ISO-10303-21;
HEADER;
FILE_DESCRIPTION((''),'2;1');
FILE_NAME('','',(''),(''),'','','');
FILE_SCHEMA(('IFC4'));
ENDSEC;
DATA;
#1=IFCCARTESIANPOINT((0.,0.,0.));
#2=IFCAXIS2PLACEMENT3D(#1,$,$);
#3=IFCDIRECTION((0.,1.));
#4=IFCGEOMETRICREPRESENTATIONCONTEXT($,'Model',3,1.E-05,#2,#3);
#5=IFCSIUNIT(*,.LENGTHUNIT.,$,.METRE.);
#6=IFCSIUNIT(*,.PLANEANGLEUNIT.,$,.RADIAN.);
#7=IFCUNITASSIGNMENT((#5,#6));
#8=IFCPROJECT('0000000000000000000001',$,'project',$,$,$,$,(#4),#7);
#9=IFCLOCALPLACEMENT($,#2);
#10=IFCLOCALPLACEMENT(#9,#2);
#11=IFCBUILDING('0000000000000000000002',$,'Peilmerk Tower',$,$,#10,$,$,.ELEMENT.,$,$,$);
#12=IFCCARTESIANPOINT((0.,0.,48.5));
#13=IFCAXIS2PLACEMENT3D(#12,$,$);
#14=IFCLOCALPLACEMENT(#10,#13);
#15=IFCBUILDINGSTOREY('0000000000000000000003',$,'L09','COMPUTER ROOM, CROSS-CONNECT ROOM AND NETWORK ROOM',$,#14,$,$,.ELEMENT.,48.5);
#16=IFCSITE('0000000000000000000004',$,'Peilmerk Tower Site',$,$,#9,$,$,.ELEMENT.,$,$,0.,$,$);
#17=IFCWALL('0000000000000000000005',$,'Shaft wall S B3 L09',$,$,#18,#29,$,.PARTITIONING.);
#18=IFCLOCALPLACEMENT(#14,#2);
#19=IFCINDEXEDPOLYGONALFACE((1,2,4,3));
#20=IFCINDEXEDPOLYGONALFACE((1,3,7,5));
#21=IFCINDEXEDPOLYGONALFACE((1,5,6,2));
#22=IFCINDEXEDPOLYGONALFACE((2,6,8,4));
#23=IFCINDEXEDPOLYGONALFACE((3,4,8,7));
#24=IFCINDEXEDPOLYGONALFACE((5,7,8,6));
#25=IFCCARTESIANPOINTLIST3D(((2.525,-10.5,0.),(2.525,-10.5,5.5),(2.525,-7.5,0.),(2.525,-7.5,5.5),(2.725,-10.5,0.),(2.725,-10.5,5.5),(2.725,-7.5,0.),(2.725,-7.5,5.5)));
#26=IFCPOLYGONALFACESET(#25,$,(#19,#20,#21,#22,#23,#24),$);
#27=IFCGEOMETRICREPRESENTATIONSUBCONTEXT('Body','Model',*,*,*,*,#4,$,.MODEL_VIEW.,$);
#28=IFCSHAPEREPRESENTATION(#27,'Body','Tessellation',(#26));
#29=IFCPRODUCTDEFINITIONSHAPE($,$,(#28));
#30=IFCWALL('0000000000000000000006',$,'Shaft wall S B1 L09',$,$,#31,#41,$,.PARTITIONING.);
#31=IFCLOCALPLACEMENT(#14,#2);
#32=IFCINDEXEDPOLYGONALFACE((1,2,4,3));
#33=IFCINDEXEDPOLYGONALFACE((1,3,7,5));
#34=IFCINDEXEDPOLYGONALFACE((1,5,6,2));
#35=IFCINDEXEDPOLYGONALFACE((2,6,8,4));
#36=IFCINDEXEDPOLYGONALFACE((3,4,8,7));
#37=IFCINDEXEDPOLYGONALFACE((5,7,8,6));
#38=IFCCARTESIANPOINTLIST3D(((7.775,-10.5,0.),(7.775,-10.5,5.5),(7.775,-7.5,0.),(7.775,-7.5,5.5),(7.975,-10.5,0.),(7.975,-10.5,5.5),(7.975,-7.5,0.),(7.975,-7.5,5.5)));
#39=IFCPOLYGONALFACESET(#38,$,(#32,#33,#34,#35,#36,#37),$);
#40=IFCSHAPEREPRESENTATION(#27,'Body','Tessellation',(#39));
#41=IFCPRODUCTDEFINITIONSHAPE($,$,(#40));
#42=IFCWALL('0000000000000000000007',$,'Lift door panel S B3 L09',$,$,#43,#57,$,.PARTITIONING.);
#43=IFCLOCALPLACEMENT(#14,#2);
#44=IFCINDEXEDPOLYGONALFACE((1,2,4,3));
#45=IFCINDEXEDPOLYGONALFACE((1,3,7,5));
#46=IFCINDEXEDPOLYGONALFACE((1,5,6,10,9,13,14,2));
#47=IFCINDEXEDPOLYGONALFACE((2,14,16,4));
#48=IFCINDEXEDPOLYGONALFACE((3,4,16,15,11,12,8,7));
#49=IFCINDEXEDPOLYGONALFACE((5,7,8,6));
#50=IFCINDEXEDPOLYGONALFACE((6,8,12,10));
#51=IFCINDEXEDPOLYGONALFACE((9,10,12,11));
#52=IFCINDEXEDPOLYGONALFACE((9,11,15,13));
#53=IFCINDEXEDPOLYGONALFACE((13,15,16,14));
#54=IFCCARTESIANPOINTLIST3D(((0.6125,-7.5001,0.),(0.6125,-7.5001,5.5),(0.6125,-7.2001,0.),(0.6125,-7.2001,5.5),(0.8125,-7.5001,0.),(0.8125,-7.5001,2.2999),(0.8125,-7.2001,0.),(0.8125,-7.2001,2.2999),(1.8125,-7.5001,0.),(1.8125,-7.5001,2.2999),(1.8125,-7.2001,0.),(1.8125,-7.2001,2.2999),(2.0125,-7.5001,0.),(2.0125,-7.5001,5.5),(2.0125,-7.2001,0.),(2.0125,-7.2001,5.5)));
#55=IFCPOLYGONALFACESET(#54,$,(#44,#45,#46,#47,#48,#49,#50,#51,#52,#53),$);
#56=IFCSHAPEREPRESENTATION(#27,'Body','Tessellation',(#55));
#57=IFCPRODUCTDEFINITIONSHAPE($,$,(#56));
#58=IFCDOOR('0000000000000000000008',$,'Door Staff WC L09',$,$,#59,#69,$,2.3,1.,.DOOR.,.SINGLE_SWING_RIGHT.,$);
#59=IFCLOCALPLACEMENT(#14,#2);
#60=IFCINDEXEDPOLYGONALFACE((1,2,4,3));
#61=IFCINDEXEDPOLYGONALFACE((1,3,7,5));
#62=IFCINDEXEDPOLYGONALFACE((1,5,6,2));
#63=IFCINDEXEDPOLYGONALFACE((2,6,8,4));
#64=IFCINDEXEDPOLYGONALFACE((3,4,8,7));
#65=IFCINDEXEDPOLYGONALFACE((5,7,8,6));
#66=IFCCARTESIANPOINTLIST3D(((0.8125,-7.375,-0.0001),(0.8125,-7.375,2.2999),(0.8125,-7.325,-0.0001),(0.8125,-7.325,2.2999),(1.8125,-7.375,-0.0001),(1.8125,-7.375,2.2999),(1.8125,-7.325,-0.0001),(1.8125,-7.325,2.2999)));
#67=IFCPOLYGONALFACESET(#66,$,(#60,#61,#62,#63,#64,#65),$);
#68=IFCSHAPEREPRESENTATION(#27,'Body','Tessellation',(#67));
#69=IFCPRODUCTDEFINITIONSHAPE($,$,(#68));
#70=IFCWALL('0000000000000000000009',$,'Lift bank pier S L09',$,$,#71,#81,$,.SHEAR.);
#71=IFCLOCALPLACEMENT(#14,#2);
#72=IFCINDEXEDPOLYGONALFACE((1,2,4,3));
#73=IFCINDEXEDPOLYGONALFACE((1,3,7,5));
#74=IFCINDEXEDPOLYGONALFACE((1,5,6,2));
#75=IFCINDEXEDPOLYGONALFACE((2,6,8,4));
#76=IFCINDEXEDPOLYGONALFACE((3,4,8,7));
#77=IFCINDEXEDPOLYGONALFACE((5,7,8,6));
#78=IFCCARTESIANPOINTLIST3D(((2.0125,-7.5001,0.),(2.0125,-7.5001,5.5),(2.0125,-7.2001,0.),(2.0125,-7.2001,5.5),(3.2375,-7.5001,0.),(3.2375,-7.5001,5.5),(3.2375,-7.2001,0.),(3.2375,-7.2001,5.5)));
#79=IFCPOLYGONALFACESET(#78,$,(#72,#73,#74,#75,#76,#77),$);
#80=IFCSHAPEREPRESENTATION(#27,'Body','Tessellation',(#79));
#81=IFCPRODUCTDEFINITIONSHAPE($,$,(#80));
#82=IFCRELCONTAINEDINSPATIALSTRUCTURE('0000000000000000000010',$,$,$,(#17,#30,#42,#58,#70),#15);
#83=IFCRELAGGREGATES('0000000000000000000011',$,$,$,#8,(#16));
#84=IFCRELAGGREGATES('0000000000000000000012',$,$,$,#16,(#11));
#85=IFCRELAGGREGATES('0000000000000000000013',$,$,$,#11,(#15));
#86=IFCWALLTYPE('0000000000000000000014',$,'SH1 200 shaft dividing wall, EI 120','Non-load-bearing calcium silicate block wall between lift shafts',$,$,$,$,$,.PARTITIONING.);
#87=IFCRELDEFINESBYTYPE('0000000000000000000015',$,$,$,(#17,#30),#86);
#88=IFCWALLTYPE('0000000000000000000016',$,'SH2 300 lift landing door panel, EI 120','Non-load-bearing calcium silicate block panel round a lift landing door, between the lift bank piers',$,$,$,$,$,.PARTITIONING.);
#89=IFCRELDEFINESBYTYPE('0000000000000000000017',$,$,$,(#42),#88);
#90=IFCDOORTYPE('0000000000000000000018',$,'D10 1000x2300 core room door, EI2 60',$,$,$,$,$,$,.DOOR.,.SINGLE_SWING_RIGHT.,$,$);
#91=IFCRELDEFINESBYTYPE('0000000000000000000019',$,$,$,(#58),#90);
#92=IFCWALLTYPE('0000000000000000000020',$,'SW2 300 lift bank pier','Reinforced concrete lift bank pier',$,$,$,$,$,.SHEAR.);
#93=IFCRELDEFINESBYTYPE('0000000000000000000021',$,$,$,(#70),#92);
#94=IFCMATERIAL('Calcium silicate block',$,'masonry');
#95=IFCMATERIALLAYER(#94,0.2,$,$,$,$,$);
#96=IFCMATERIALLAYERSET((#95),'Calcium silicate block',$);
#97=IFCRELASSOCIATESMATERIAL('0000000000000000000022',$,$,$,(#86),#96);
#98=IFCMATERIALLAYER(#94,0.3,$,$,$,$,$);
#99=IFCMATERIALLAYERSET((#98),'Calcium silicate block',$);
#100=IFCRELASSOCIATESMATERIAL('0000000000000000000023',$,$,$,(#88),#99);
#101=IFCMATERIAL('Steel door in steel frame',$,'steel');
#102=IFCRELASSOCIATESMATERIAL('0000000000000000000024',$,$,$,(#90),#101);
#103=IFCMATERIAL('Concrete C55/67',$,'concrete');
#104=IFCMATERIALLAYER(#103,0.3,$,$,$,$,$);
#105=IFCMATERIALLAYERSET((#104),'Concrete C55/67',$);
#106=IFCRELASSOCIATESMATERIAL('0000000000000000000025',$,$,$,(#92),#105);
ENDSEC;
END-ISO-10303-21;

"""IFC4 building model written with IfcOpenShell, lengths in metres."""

from ifc_helpers import new_model, si_unit, direction, frame, frame_2d, origin, place, context, subcontext, project, spatial, rectangle, extrude, material, layer, layer_set, type_object, element, fill, save


model = new_model("IFC4")

# Units and contexts
model_context = context("Model", 3, precision=1e-05, world=origin(), true_north=direction((0.0, 1.0)))
body_context = subcontext(model_context, "Body", "Model", "MODEL_VIEW")
ifc_project = project(units=[si_unit("LENGTHUNIT", "METRE"), si_unit("PLANEANGLEUNIT", "RADIAN")], contexts=[model_context])

# Site, building, storey
site_placement = place(None, origin())
site = spatial("IfcSite", under=ifc_project, at=site_placement, Name="Peilmerk Tower Site", CompositionType="ELEMENT", RefElevation=0.0)
building_placement = place(site_placement, origin())
building = spatial("IfcBuilding", under=site, at=building_placement, Name="Peilmerk Tower", CompositionType="ELEMENT")
storey_placement = place(building_placement, frame((0.0, 0.0, 48.5)))
storey = spatial("IfcBuildingStorey", under=building, at=storey_placement, Name="L09", Description="COMPUTER ROOM, CROSS-CONNECT ROOM AND NETWORK ROOM", CompositionType="ELEMENT", Elevation=48.5)

# Walls
ifc_material_1 = material(Name="Calcium silicate block", Category="masonry")
ifc_layer_1 = layer(ifc_material_1, 0.2)
ifc_layer_set_1 = layer_set([ifc_layer_1], Name="Calcium silicate block")
wall_type_1 = type_object("IfcWallType", Name="SH1 200 shaft dividing wall, EI 120", Description="Non-load-bearing calcium silicate block wall between lift shafts", PredefinedType="PARTITIONING", material=ifc_layer_set_1)
for number, where, z_axis, x_axis, name in (
    (1, (2.625, -10.5, 0.0), (0.0, 0.0, 1.0), (0.0, 1.0, 0.0), "Shaft wall S B3 L09"),
    (2, (7.875, -10.5, 0.0), (0.0, 0.0, 1.0), (0.0, 1.0, 0.0), "Shaft wall S B1 L09"),
):
    element("IfcWall", number, at=place(storey_placement, frame(where, z_axis=z_axis, x_axis=x_axis)), inside=storey, type_object=wall_type_1, Name=name, PredefinedType="PARTITIONING", context=body_context, shape_type="SweptSolid", body=[
        extrude(rectangle(XDim=3.0, YDim=0.2, at=frame_2d((1.5, 0.0))), origin(), (0.0, 0.0, 1.0), 5.5),
    ])

# Wall, opening, door
ifc_layer_2 = layer(ifc_material_1, 0.3)
ifc_layer_set_2 = layer_set([ifc_layer_2], Name="Calcium silicate block")
wall_type_2 = type_object("IfcWallType", Name="SH2 300 lift landing door panel, EI 120", Description="Non-load-bearing calcium silicate block panel round a lift landing door, between the lift bank piers", PredefinedType="PARTITIONING", material=ifc_layer_set_2)
wall_1_placement = place(storey_placement, frame((0.6125, -7.3501, 0.0), z_axis=(0.0, 0.0, 1.0), x_axis=(1.0, 0.0, 0.0)))
wall_1 = element("IfcWall", 3, at=wall_1_placement, inside=storey, type_object=wall_type_2, Name="Lift door panel S B3 L09", PredefinedType="PARTITIONING", context=body_context, shape_type="SweptSolid", body=[
    extrude(rectangle(XDim=1.3999, YDim=0.3, at=frame_2d((0.7, 0.0))), origin(), (0.0, 0.0, 1.0), 5.5),
])
opening_placement = place(wall_1_placement, frame((0.2, 0.0, 0.0)))
opening = element("IfcOpeningElement", 4, at=opening_placement, cuts=wall_1, PredefinedType="OPENING", context=body_context, shape_type="SweptSolid", body=[
    extrude(rectangle(XDim=1.0, YDim=2.3, at=frame_2d((0.5, 1.1499))), frame((0.0, 0.1599, 0.0), z_axis=(0.0, -1.0, 0.0), x_axis=(1.0, 0.0, 0.0)), (0.0, 0.0, 1.0), 0.3201),
])
ifc_material_2 = material(Name="Steel door in steel frame", Category="steel")
door_type = type_object("IfcDoorType", Name="D10 1000x2300 core room door, EI2 60", OperationType="SINGLE_SWING_RIGHT", PredefinedType="DOOR", material=ifc_material_2)
door_placement = place(opening_placement, frame((1.0, 0.0, 0.0), z_axis=(0.0, 0.0, 1.0), x_axis=(-1.0, 0.0, 0.0)))
door = element("IfcDoor", 5, at=door_placement, inside=storey, type_object=door_type, Name="Door Staff WC L09", OperationType="SINGLE_SWING_RIGHT", OverallHeight=2.3, OverallWidth=1.0, PredefinedType="DOOR", context=body_context, shape_type="SweptSolid", body=[
    extrude(rectangle(XDim=1.0, YDim=2.3, at=frame_2d((0.5, 1.1499))), frame((0.0, 0.0249, 0.0), z_axis=(0.0, -1.0, 0.0), x_axis=(1.0, 0.0, 0.0)), (0.0, 0.0, 1.0), 0.05),
])
fill(opening, door)

# Wall
ifc_material_3 = material(Name="Concrete C55/67", Category="concrete")
ifc_layer_3 = layer(ifc_material_3, 0.3)
ifc_layer_set_3 = layer_set([ifc_layer_3], Name="Concrete C55/67")
wall_type_3 = type_object("IfcWallType", Name="SW2 300 lift bank pier", Description="Reinforced concrete lift bank pier", PredefinedType="SHEAR", material=ifc_layer_set_3)
wall_2_placement = place(storey_placement, frame((2.0125, -7.3501, 0.0), z_axis=(0.0, 0.0, 1.0), x_axis=(1.0, 0.0, 0.0)))
element("IfcWall", 6, at=wall_2_placement, inside=storey, type_object=wall_type_3, Name="Lift bank pier S L09", PredefinedType="SHEAR", context=body_context, shape_type="SweptSolid", body=[
    extrude(rectangle(XDim=1.2251, YDim=0.3, at=frame_2d((0.6125, 0.0))), origin(), (0.0, 0.0, 1.0), 5.5),
])

save(model, "model.ifc")
